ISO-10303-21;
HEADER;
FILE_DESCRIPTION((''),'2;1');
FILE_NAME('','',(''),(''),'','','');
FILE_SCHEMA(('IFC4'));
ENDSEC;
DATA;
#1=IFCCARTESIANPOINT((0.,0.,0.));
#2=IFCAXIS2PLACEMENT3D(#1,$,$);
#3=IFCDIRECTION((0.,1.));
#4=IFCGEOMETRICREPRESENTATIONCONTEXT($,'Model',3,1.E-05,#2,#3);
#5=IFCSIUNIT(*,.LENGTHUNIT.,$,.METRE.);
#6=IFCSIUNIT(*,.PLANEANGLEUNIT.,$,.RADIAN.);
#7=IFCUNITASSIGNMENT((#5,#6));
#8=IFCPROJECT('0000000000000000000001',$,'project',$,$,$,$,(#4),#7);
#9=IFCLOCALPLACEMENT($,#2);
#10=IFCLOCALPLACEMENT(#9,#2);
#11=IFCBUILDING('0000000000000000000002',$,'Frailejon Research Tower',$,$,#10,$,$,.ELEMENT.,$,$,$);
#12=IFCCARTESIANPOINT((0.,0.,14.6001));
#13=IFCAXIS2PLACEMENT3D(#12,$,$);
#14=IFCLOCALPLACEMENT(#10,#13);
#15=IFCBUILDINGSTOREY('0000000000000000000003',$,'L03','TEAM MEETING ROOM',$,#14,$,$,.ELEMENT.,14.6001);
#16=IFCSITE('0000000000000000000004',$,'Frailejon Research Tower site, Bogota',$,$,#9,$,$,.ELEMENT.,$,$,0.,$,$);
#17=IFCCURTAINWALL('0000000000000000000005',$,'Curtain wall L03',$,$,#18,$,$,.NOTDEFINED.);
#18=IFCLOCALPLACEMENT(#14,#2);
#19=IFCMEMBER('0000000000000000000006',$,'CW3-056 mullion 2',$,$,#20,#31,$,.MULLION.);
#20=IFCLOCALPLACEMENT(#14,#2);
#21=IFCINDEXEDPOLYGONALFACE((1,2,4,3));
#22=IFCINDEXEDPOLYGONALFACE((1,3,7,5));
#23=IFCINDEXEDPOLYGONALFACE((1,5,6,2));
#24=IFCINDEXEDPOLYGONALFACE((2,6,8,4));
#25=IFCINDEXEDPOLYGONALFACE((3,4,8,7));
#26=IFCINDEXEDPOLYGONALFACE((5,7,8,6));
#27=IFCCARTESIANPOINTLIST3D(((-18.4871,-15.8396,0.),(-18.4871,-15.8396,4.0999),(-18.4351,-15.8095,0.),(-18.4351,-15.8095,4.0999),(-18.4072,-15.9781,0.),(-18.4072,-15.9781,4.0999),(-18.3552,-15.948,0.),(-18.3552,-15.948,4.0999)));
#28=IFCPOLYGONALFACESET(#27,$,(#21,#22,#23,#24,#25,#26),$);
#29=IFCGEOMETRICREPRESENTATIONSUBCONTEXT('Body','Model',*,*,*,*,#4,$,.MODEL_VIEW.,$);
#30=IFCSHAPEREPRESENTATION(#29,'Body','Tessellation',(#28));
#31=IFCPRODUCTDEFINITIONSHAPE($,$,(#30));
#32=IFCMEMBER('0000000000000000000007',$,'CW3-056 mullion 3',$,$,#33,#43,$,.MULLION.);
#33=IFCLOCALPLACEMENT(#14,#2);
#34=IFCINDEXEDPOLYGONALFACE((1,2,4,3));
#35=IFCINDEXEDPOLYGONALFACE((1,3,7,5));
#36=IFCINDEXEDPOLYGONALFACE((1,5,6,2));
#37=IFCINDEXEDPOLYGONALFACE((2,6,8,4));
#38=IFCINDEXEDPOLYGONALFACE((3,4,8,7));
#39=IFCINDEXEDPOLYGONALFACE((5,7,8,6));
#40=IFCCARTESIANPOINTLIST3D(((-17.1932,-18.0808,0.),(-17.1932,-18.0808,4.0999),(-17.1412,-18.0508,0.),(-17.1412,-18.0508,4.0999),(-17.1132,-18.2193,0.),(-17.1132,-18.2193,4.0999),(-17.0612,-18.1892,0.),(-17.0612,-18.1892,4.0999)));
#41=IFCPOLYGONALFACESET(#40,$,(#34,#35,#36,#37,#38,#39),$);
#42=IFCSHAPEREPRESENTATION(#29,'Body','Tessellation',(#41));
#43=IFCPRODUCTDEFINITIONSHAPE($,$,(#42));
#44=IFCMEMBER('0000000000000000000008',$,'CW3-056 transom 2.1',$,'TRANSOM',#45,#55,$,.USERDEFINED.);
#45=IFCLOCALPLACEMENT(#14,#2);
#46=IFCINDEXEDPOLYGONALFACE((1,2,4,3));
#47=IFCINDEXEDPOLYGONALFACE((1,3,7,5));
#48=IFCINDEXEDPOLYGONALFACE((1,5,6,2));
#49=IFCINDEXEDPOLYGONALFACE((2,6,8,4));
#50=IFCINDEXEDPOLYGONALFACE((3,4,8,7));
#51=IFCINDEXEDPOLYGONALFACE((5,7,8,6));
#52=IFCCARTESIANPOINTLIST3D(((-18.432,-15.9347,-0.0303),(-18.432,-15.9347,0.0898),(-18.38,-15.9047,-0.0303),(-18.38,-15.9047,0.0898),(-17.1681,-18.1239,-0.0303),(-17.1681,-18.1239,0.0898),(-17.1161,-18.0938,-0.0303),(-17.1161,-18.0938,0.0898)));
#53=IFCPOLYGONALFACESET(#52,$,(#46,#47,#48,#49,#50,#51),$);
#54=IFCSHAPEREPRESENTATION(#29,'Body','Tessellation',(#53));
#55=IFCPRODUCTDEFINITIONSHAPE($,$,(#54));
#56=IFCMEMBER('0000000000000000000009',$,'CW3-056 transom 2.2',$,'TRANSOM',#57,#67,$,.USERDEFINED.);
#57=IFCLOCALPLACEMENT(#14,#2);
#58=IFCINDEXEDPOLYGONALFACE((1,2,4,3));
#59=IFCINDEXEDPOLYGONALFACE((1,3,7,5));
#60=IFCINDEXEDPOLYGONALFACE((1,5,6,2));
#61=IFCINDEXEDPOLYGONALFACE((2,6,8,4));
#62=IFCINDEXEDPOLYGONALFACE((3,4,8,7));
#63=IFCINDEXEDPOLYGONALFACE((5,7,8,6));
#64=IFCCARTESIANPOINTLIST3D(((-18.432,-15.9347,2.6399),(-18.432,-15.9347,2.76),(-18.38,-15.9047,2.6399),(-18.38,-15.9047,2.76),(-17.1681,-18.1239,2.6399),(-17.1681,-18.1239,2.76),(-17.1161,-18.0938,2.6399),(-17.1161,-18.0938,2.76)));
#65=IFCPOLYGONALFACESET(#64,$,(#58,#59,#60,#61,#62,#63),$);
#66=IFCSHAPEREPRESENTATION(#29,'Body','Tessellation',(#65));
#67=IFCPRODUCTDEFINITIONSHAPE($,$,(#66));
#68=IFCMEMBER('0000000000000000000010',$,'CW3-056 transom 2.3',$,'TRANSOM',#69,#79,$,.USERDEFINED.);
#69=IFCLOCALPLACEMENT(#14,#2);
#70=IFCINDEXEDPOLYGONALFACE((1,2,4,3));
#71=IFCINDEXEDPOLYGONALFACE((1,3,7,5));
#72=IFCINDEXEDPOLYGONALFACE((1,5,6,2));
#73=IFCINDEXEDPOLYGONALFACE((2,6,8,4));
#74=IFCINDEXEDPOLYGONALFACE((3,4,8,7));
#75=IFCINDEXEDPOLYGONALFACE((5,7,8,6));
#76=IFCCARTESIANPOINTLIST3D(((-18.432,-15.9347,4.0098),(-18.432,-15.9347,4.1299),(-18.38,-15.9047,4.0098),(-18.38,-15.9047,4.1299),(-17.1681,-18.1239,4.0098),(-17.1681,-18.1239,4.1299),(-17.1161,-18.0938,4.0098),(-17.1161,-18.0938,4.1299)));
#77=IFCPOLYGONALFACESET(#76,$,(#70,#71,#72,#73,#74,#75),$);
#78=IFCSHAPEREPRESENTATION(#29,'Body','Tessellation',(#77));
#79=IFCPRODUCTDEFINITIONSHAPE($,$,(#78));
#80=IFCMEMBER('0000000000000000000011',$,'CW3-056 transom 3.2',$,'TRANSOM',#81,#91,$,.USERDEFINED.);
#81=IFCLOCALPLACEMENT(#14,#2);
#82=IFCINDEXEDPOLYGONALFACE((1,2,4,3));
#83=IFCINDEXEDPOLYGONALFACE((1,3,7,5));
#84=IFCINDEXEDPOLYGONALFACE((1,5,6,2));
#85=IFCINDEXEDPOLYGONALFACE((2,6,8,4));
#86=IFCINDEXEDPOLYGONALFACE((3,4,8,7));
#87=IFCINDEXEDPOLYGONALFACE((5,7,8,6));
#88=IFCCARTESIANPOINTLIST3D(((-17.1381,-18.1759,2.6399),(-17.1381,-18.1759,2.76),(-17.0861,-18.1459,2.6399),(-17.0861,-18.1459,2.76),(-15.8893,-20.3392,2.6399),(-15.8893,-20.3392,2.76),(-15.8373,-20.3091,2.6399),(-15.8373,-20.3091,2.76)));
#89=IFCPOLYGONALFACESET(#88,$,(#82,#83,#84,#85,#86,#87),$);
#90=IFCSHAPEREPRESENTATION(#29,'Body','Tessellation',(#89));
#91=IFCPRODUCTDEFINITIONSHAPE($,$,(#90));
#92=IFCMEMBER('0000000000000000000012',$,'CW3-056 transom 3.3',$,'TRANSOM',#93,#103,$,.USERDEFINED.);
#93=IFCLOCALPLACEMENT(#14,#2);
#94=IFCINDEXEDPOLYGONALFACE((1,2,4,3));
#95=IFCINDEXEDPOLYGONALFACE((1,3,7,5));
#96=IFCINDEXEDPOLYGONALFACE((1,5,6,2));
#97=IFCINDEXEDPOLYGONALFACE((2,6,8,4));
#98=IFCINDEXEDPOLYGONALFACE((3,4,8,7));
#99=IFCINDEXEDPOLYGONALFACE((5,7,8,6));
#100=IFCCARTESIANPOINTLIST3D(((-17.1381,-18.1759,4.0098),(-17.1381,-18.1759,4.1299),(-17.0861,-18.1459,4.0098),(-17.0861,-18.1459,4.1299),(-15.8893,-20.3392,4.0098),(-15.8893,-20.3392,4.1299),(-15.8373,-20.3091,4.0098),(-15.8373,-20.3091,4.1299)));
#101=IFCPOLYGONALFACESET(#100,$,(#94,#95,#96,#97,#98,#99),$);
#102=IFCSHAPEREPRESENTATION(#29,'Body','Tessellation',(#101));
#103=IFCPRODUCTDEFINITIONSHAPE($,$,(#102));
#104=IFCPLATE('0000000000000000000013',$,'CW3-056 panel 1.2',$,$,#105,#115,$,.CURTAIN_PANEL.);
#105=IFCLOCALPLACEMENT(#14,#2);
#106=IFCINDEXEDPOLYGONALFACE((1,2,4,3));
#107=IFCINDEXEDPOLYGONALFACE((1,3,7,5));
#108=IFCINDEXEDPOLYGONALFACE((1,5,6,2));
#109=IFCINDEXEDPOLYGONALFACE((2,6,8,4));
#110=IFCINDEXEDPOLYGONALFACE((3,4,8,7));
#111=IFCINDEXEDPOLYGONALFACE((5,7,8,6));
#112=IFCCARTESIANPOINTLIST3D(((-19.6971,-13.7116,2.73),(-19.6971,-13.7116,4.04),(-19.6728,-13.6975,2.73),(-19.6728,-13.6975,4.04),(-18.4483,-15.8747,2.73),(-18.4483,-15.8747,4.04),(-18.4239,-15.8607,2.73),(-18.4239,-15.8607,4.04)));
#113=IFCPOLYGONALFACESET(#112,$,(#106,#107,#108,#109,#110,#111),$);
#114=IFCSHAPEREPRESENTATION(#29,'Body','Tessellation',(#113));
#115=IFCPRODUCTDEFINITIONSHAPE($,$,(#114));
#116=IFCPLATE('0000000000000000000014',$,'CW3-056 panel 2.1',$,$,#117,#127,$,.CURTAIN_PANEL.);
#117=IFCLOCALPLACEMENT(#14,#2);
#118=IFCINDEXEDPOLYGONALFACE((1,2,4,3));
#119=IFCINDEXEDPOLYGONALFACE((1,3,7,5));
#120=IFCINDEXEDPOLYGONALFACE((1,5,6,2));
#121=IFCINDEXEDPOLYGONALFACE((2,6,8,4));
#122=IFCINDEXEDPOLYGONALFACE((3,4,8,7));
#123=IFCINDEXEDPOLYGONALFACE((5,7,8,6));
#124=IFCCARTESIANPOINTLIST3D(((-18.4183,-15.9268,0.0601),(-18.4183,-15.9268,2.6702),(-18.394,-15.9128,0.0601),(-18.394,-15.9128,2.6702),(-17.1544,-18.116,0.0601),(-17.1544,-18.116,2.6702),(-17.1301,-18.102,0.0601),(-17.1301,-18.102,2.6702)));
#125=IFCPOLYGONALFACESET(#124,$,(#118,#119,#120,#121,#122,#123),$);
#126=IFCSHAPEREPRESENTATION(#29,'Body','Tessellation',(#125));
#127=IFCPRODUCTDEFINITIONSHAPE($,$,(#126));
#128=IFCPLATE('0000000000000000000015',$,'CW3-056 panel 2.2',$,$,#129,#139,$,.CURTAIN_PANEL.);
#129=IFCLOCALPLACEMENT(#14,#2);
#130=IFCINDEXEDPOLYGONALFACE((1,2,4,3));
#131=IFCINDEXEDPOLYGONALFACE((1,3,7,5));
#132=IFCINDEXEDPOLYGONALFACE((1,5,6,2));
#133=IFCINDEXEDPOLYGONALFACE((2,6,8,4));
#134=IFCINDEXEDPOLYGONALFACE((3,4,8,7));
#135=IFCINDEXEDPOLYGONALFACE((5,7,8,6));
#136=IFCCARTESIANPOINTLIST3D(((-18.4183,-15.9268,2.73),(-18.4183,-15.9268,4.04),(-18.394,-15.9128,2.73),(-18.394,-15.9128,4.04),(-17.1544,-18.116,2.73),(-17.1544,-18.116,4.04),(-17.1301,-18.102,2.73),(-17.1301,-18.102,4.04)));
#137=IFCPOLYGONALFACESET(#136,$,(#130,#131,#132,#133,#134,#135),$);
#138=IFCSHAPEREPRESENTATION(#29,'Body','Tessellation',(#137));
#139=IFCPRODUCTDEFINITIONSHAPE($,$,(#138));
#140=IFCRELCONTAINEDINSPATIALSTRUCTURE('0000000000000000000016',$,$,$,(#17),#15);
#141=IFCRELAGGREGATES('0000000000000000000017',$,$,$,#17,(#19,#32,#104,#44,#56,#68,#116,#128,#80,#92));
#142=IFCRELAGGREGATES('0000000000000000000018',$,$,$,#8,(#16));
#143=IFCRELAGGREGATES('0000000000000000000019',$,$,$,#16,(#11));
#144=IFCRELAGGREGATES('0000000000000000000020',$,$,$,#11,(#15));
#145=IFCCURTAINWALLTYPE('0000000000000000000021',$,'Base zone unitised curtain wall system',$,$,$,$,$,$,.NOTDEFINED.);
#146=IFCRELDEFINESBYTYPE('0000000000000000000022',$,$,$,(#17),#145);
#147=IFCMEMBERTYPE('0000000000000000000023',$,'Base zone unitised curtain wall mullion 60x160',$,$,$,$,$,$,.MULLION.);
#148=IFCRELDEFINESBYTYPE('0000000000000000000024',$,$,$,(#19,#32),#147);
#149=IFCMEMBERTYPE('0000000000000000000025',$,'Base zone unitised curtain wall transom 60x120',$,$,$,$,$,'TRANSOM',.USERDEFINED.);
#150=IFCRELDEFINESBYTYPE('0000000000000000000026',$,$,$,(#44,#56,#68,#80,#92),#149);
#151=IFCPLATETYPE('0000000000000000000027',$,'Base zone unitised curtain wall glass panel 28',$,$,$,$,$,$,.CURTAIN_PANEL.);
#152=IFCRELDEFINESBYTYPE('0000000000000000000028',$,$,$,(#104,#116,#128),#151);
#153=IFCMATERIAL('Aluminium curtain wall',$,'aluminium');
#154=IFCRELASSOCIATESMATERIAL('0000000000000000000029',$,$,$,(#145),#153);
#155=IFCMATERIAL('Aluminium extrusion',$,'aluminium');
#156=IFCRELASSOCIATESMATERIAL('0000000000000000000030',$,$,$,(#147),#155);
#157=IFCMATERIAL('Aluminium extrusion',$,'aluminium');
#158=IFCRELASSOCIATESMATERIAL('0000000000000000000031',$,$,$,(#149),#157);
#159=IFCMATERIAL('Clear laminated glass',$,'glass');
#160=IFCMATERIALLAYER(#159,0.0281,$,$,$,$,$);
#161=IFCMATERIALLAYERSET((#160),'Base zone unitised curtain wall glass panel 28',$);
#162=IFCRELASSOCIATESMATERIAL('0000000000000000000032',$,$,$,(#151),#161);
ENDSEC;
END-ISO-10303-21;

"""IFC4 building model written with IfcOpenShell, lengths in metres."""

from ifc_helpers import new_model, si_unit, direction, frame, origin, origin_2d, place, context, subcontext, project, spatial, rectangle, extrude, material, layer, layer_set, material_profile, profile_set, type_object, element, aggregate, save


model = new_model("IFC4")

# Units and contexts
model_context = context("Model", 3, precision=1e-05, world=origin(), true_north=direction((0.0, 1.0)))
body_context = subcontext(model_context, "Body", "Model", "MODEL_VIEW")
ifc_project = project(units=[si_unit("LENGTHUNIT", "METRE"), si_unit("PLANEANGLEUNIT", "RADIAN")], contexts=[model_context])

# Site, building, storey
site_placement = place(None, origin())
site = spatial("IfcSite", under=ifc_project, at=site_placement, Name="Frailejon Research Tower site, Bogota", CompositionType="ELEMENT", RefElevation=0.0)
building_placement = place(site_placement, origin())
building = spatial("IfcBuilding", under=site, at=building_placement, Name="Frailejon Research Tower", CompositionType="ELEMENT")
storey_placement = place(building_placement, frame((0.0, 0.0, 14.6001)))
storey = spatial("IfcBuildingStorey", under=building, at=storey_placement, Name="L03", Description="TEAM MEETING ROOM", CompositionType="ELEMENT", Elevation=14.6001)

# Curtain wall, members, plates
ifc_material_1 = material(Name="Aluminium curtain wall", Category="aluminium")
curtain_wall_type = type_object("IfcCurtainWallType", Name="Base zone unitised curtain wall system", PredefinedType="NOTDEFINED", material=ifc_material_1)
curtain_wall_placement = place(storey_placement, origin())
curtain_wall = element("IfcCurtainWall", 1, at=curtain_wall_placement, inside=storey, type_object=curtain_wall_type, Name="Curtain wall L03", PredefinedType="NOTDEFINED")
ifc_material_2 = material(Name="Aluminium extrusion", Category="aluminium")
ifc_material_profile_1 = material_profile(ifc_material_2, rectangle(XDim=0.0601, YDim=0.1599, at=origin_2d()), Name="Base zone unitised curtain wall mullion 60x160")
ifc_profile_set_1 = profile_set([ifc_material_profile_1], Name="Aluminium extrusion")
member_type_1 = type_object("IfcMemberType", Name="Base zone unitised curtain wall mullion 60x160", PredefinedType="MULLION", material=ifc_profile_set_1)
member_1_placement = place(storey_placement, frame((-18.4211, -15.8938, 0.0), z_axis=(0.0, 0.0, 1.0), x_axis=(0.866029, 0.499993, 0.0)))
member_1 = element("IfcMember", 2, at=member_1_placement, type_object=member_type_1, Name="CW3-056 mullion 2", PredefinedType="MULLION", context=body_context, shape_type="SweptSolid", body=[
    extrude(rectangle(XDim=0.0601, YDim=0.1599, at=origin_2d()), origin(), (0.0, 0.0, 1.0), 4.0999),
])
member_2_placement = place(storey_placement, frame((-17.1272, -18.135, 0.0), z_axis=(0.0, 0.0, 1.0), x_axis=(0.866029, 0.499993, 0.0)))
member_2 = element("IfcMember", 3, at=member_2_placement, type_object=member_type_1, Name="CW3-056 mullion 3", PredefinedType="MULLION", context=body_context, shape_type="SweptSolid", body=[
    extrude(rectangle(XDim=0.0601, YDim=0.1599, at=origin_2d()), origin(), (0.0, 0.0, 1.0), 4.0999),
])
ifc_material_3 = material(Name="Aluminium extrusion", Category="aluminium")
ifc_material_profile_2 = material_profile(ifc_material_3, rectangle(XDim=0.0601, YDim=0.1201, at=origin_2d()), Name="Base zone unitised curtain wall transom 60x120")
ifc_profile_set_2 = profile_set([ifc_material_profile_2], Name="Aluminium extrusion")
member_type_2 = type_object("IfcMemberType", Name="Base zone unitised curtain wall transom 60x120", ElementType="TRANSOM", PredefinedType="USERDEFINED", material=ifc_profile_set_2)
member_3_placement = place(storey_placement, frame((-18.406, -15.9197, 0.0298), z_axis=(0.499993, -0.86603, 0.0), x_axis=(0.86603, 0.499993, 0.0)))
member_3 = element("IfcMember", 4, at=member_3_placement, type_object=member_type_2, Name="CW3-056 transom 2.1", ObjectType="TRANSOM", PredefinedType="USERDEFINED", context=body_context, shape_type="SweptSolid", body=[
    extrude(rectangle(XDim=0.0601, YDim=0.1201, at=origin_2d()), origin(), (0.0, 0.0, 1.0), 2.5278),
])
member_4_placement = place(storey_placement, frame((-18.406, -15.9197, 2.7), z_axis=(0.499993, -0.86603, 0.0), x_axis=(0.86603, 0.499993, 0.0)))
member_4 = element("IfcMember", 5, at=member_4_placement, type_object=member_type_2, Name="CW3-056 transom 2.2", ObjectType="TRANSOM", PredefinedType="USERDEFINED", context=body_context, shape_type="SweptSolid", body=[
    extrude(rectangle(XDim=0.0601, YDim=0.1201, at=origin_2d()), origin(), (0.0, 0.0, 1.0), 2.5278),
])
member_5_placement = place(storey_placement, frame((-18.406, -15.9197, 4.0698), z_axis=(0.499993, -0.86603, 0.0), x_axis=(0.86603, 0.499993, 0.0)))
member_5 = element("IfcMember", 6, at=member_5_placement, type_object=member_type_2, Name="CW3-056 transom 2.3", ObjectType="TRANSOM", PredefinedType="USERDEFINED", context=body_context, shape_type="SweptSolid", body=[
    extrude(rectangle(XDim=0.0601, YDim=0.1201, at=origin_2d()), origin(), (0.0, 0.0, 1.0), 2.5278),
])
member_6_placement = place(storey_placement, frame((-17.1121, -18.1609, 2.7), z_axis=(0.499934, -0.866064, 0.0), x_axis=(0.866064, 0.499934, 0.0)))
member_6 = element("IfcMember", 7, at=member_6_placement, type_object=member_type_2, Name="CW3-056 transom 3.2", ObjectType="TRANSOM", PredefinedType="USERDEFINED", context=body_context, shape_type="SweptSolid", body=[
    extrude(rectangle(XDim=0.0601, YDim=0.1201, at=origin_2d()), origin(), (0.0, 0.0, 1.0), 2.4978),
])
member_7_placement = place(storey_placement, frame((-17.1121, -18.1609, 4.0698), z_axis=(0.499934, -0.866064, 0.0), x_axis=(0.866064, 0.499934, 0.0)))
member_7 = element("IfcMember", 8, at=member_7_placement, type_object=member_type_2, Name="CW3-056 transom 3.3", ObjectType="TRANSOM", PredefinedType="USERDEFINED", context=body_context, shape_type="SweptSolid", body=[
    extrude(rectangle(XDim=0.0601, YDim=0.1201, at=origin_2d()), origin(), (0.0, 0.0, 1.0), 2.4978),
])
ifc_material_4 = material(Name="Clear laminated glass", Category="glass")
ifc_layer_1 = layer(ifc_material_4, 0.0281)
ifc_layer_set_1 = layer_set([ifc_layer_1], Name="Base zone unitised curtain wall glass panel 28")
plate_type = type_object("IfcPlateType", Name="Base zone unitised curtain wall glass panel 28", PredefinedType="CURTAIN_PANEL", material=ifc_layer_set_1)
plate_1_placement = place(storey_placement, frame((-19.0605, -14.7861, 2.73), z_axis=(0.0, 0.0, 1.0), x_axis=(0.499993, -0.866029, 0.0)))
plate_1 = element("IfcPlate", 9, at=plate_1_placement, type_object=plate_type, Name="CW3-056 panel 1.2", PredefinedType="CURTAIN_PANEL", context=body_context, shape_type="SweptSolid", body=[
    extrude(rectangle(XDim=2.4978, YDim=0.0281, at=origin_2d()), origin(), (0.0, 0.0, 1.0), 1.3101),
])
plate_2_placement = place(storey_placement, frame((-17.7742, -17.0144, 0.0601), z_axis=(0.0, 0.0, 1.0), x_axis=(0.499993, -0.866029, 0.0)))
plate_2 = element("IfcPlate", 10, at=plate_2_placement, type_object=plate_type, Name="CW3-056 panel 2.1", PredefinedType="CURTAIN_PANEL", context=body_context, shape_type="SweptSolid", body=[
    extrude(rectangle(XDim=2.5278, YDim=0.0281, at=origin_2d()), origin(), (0.0, 0.0, 1.0), 2.6101),
])
plate_3_placement = place(storey_placement, frame((-17.7742, -17.0144, 2.73), z_axis=(0.0, 0.0, 1.0), x_axis=(0.499993, -0.866029, 0.0)))
plate_3 = element("IfcPlate", 11, at=plate_3_placement, type_object=plate_type, Name="CW3-056 panel 2.2", PredefinedType="CURTAIN_PANEL", context=body_context, shape_type="SweptSolid", body=[
    extrude(rectangle(XDim=2.5278, YDim=0.0281, at=origin_2d()), origin(), (0.0, 0.0, 1.0), 1.3101),
])
aggregate(curtain_wall, [member_1, member_2, plate_1, member_3, member_4, member_5, plate_2, plate_3, member_6, member_7])

save(model, "model.ifc")
